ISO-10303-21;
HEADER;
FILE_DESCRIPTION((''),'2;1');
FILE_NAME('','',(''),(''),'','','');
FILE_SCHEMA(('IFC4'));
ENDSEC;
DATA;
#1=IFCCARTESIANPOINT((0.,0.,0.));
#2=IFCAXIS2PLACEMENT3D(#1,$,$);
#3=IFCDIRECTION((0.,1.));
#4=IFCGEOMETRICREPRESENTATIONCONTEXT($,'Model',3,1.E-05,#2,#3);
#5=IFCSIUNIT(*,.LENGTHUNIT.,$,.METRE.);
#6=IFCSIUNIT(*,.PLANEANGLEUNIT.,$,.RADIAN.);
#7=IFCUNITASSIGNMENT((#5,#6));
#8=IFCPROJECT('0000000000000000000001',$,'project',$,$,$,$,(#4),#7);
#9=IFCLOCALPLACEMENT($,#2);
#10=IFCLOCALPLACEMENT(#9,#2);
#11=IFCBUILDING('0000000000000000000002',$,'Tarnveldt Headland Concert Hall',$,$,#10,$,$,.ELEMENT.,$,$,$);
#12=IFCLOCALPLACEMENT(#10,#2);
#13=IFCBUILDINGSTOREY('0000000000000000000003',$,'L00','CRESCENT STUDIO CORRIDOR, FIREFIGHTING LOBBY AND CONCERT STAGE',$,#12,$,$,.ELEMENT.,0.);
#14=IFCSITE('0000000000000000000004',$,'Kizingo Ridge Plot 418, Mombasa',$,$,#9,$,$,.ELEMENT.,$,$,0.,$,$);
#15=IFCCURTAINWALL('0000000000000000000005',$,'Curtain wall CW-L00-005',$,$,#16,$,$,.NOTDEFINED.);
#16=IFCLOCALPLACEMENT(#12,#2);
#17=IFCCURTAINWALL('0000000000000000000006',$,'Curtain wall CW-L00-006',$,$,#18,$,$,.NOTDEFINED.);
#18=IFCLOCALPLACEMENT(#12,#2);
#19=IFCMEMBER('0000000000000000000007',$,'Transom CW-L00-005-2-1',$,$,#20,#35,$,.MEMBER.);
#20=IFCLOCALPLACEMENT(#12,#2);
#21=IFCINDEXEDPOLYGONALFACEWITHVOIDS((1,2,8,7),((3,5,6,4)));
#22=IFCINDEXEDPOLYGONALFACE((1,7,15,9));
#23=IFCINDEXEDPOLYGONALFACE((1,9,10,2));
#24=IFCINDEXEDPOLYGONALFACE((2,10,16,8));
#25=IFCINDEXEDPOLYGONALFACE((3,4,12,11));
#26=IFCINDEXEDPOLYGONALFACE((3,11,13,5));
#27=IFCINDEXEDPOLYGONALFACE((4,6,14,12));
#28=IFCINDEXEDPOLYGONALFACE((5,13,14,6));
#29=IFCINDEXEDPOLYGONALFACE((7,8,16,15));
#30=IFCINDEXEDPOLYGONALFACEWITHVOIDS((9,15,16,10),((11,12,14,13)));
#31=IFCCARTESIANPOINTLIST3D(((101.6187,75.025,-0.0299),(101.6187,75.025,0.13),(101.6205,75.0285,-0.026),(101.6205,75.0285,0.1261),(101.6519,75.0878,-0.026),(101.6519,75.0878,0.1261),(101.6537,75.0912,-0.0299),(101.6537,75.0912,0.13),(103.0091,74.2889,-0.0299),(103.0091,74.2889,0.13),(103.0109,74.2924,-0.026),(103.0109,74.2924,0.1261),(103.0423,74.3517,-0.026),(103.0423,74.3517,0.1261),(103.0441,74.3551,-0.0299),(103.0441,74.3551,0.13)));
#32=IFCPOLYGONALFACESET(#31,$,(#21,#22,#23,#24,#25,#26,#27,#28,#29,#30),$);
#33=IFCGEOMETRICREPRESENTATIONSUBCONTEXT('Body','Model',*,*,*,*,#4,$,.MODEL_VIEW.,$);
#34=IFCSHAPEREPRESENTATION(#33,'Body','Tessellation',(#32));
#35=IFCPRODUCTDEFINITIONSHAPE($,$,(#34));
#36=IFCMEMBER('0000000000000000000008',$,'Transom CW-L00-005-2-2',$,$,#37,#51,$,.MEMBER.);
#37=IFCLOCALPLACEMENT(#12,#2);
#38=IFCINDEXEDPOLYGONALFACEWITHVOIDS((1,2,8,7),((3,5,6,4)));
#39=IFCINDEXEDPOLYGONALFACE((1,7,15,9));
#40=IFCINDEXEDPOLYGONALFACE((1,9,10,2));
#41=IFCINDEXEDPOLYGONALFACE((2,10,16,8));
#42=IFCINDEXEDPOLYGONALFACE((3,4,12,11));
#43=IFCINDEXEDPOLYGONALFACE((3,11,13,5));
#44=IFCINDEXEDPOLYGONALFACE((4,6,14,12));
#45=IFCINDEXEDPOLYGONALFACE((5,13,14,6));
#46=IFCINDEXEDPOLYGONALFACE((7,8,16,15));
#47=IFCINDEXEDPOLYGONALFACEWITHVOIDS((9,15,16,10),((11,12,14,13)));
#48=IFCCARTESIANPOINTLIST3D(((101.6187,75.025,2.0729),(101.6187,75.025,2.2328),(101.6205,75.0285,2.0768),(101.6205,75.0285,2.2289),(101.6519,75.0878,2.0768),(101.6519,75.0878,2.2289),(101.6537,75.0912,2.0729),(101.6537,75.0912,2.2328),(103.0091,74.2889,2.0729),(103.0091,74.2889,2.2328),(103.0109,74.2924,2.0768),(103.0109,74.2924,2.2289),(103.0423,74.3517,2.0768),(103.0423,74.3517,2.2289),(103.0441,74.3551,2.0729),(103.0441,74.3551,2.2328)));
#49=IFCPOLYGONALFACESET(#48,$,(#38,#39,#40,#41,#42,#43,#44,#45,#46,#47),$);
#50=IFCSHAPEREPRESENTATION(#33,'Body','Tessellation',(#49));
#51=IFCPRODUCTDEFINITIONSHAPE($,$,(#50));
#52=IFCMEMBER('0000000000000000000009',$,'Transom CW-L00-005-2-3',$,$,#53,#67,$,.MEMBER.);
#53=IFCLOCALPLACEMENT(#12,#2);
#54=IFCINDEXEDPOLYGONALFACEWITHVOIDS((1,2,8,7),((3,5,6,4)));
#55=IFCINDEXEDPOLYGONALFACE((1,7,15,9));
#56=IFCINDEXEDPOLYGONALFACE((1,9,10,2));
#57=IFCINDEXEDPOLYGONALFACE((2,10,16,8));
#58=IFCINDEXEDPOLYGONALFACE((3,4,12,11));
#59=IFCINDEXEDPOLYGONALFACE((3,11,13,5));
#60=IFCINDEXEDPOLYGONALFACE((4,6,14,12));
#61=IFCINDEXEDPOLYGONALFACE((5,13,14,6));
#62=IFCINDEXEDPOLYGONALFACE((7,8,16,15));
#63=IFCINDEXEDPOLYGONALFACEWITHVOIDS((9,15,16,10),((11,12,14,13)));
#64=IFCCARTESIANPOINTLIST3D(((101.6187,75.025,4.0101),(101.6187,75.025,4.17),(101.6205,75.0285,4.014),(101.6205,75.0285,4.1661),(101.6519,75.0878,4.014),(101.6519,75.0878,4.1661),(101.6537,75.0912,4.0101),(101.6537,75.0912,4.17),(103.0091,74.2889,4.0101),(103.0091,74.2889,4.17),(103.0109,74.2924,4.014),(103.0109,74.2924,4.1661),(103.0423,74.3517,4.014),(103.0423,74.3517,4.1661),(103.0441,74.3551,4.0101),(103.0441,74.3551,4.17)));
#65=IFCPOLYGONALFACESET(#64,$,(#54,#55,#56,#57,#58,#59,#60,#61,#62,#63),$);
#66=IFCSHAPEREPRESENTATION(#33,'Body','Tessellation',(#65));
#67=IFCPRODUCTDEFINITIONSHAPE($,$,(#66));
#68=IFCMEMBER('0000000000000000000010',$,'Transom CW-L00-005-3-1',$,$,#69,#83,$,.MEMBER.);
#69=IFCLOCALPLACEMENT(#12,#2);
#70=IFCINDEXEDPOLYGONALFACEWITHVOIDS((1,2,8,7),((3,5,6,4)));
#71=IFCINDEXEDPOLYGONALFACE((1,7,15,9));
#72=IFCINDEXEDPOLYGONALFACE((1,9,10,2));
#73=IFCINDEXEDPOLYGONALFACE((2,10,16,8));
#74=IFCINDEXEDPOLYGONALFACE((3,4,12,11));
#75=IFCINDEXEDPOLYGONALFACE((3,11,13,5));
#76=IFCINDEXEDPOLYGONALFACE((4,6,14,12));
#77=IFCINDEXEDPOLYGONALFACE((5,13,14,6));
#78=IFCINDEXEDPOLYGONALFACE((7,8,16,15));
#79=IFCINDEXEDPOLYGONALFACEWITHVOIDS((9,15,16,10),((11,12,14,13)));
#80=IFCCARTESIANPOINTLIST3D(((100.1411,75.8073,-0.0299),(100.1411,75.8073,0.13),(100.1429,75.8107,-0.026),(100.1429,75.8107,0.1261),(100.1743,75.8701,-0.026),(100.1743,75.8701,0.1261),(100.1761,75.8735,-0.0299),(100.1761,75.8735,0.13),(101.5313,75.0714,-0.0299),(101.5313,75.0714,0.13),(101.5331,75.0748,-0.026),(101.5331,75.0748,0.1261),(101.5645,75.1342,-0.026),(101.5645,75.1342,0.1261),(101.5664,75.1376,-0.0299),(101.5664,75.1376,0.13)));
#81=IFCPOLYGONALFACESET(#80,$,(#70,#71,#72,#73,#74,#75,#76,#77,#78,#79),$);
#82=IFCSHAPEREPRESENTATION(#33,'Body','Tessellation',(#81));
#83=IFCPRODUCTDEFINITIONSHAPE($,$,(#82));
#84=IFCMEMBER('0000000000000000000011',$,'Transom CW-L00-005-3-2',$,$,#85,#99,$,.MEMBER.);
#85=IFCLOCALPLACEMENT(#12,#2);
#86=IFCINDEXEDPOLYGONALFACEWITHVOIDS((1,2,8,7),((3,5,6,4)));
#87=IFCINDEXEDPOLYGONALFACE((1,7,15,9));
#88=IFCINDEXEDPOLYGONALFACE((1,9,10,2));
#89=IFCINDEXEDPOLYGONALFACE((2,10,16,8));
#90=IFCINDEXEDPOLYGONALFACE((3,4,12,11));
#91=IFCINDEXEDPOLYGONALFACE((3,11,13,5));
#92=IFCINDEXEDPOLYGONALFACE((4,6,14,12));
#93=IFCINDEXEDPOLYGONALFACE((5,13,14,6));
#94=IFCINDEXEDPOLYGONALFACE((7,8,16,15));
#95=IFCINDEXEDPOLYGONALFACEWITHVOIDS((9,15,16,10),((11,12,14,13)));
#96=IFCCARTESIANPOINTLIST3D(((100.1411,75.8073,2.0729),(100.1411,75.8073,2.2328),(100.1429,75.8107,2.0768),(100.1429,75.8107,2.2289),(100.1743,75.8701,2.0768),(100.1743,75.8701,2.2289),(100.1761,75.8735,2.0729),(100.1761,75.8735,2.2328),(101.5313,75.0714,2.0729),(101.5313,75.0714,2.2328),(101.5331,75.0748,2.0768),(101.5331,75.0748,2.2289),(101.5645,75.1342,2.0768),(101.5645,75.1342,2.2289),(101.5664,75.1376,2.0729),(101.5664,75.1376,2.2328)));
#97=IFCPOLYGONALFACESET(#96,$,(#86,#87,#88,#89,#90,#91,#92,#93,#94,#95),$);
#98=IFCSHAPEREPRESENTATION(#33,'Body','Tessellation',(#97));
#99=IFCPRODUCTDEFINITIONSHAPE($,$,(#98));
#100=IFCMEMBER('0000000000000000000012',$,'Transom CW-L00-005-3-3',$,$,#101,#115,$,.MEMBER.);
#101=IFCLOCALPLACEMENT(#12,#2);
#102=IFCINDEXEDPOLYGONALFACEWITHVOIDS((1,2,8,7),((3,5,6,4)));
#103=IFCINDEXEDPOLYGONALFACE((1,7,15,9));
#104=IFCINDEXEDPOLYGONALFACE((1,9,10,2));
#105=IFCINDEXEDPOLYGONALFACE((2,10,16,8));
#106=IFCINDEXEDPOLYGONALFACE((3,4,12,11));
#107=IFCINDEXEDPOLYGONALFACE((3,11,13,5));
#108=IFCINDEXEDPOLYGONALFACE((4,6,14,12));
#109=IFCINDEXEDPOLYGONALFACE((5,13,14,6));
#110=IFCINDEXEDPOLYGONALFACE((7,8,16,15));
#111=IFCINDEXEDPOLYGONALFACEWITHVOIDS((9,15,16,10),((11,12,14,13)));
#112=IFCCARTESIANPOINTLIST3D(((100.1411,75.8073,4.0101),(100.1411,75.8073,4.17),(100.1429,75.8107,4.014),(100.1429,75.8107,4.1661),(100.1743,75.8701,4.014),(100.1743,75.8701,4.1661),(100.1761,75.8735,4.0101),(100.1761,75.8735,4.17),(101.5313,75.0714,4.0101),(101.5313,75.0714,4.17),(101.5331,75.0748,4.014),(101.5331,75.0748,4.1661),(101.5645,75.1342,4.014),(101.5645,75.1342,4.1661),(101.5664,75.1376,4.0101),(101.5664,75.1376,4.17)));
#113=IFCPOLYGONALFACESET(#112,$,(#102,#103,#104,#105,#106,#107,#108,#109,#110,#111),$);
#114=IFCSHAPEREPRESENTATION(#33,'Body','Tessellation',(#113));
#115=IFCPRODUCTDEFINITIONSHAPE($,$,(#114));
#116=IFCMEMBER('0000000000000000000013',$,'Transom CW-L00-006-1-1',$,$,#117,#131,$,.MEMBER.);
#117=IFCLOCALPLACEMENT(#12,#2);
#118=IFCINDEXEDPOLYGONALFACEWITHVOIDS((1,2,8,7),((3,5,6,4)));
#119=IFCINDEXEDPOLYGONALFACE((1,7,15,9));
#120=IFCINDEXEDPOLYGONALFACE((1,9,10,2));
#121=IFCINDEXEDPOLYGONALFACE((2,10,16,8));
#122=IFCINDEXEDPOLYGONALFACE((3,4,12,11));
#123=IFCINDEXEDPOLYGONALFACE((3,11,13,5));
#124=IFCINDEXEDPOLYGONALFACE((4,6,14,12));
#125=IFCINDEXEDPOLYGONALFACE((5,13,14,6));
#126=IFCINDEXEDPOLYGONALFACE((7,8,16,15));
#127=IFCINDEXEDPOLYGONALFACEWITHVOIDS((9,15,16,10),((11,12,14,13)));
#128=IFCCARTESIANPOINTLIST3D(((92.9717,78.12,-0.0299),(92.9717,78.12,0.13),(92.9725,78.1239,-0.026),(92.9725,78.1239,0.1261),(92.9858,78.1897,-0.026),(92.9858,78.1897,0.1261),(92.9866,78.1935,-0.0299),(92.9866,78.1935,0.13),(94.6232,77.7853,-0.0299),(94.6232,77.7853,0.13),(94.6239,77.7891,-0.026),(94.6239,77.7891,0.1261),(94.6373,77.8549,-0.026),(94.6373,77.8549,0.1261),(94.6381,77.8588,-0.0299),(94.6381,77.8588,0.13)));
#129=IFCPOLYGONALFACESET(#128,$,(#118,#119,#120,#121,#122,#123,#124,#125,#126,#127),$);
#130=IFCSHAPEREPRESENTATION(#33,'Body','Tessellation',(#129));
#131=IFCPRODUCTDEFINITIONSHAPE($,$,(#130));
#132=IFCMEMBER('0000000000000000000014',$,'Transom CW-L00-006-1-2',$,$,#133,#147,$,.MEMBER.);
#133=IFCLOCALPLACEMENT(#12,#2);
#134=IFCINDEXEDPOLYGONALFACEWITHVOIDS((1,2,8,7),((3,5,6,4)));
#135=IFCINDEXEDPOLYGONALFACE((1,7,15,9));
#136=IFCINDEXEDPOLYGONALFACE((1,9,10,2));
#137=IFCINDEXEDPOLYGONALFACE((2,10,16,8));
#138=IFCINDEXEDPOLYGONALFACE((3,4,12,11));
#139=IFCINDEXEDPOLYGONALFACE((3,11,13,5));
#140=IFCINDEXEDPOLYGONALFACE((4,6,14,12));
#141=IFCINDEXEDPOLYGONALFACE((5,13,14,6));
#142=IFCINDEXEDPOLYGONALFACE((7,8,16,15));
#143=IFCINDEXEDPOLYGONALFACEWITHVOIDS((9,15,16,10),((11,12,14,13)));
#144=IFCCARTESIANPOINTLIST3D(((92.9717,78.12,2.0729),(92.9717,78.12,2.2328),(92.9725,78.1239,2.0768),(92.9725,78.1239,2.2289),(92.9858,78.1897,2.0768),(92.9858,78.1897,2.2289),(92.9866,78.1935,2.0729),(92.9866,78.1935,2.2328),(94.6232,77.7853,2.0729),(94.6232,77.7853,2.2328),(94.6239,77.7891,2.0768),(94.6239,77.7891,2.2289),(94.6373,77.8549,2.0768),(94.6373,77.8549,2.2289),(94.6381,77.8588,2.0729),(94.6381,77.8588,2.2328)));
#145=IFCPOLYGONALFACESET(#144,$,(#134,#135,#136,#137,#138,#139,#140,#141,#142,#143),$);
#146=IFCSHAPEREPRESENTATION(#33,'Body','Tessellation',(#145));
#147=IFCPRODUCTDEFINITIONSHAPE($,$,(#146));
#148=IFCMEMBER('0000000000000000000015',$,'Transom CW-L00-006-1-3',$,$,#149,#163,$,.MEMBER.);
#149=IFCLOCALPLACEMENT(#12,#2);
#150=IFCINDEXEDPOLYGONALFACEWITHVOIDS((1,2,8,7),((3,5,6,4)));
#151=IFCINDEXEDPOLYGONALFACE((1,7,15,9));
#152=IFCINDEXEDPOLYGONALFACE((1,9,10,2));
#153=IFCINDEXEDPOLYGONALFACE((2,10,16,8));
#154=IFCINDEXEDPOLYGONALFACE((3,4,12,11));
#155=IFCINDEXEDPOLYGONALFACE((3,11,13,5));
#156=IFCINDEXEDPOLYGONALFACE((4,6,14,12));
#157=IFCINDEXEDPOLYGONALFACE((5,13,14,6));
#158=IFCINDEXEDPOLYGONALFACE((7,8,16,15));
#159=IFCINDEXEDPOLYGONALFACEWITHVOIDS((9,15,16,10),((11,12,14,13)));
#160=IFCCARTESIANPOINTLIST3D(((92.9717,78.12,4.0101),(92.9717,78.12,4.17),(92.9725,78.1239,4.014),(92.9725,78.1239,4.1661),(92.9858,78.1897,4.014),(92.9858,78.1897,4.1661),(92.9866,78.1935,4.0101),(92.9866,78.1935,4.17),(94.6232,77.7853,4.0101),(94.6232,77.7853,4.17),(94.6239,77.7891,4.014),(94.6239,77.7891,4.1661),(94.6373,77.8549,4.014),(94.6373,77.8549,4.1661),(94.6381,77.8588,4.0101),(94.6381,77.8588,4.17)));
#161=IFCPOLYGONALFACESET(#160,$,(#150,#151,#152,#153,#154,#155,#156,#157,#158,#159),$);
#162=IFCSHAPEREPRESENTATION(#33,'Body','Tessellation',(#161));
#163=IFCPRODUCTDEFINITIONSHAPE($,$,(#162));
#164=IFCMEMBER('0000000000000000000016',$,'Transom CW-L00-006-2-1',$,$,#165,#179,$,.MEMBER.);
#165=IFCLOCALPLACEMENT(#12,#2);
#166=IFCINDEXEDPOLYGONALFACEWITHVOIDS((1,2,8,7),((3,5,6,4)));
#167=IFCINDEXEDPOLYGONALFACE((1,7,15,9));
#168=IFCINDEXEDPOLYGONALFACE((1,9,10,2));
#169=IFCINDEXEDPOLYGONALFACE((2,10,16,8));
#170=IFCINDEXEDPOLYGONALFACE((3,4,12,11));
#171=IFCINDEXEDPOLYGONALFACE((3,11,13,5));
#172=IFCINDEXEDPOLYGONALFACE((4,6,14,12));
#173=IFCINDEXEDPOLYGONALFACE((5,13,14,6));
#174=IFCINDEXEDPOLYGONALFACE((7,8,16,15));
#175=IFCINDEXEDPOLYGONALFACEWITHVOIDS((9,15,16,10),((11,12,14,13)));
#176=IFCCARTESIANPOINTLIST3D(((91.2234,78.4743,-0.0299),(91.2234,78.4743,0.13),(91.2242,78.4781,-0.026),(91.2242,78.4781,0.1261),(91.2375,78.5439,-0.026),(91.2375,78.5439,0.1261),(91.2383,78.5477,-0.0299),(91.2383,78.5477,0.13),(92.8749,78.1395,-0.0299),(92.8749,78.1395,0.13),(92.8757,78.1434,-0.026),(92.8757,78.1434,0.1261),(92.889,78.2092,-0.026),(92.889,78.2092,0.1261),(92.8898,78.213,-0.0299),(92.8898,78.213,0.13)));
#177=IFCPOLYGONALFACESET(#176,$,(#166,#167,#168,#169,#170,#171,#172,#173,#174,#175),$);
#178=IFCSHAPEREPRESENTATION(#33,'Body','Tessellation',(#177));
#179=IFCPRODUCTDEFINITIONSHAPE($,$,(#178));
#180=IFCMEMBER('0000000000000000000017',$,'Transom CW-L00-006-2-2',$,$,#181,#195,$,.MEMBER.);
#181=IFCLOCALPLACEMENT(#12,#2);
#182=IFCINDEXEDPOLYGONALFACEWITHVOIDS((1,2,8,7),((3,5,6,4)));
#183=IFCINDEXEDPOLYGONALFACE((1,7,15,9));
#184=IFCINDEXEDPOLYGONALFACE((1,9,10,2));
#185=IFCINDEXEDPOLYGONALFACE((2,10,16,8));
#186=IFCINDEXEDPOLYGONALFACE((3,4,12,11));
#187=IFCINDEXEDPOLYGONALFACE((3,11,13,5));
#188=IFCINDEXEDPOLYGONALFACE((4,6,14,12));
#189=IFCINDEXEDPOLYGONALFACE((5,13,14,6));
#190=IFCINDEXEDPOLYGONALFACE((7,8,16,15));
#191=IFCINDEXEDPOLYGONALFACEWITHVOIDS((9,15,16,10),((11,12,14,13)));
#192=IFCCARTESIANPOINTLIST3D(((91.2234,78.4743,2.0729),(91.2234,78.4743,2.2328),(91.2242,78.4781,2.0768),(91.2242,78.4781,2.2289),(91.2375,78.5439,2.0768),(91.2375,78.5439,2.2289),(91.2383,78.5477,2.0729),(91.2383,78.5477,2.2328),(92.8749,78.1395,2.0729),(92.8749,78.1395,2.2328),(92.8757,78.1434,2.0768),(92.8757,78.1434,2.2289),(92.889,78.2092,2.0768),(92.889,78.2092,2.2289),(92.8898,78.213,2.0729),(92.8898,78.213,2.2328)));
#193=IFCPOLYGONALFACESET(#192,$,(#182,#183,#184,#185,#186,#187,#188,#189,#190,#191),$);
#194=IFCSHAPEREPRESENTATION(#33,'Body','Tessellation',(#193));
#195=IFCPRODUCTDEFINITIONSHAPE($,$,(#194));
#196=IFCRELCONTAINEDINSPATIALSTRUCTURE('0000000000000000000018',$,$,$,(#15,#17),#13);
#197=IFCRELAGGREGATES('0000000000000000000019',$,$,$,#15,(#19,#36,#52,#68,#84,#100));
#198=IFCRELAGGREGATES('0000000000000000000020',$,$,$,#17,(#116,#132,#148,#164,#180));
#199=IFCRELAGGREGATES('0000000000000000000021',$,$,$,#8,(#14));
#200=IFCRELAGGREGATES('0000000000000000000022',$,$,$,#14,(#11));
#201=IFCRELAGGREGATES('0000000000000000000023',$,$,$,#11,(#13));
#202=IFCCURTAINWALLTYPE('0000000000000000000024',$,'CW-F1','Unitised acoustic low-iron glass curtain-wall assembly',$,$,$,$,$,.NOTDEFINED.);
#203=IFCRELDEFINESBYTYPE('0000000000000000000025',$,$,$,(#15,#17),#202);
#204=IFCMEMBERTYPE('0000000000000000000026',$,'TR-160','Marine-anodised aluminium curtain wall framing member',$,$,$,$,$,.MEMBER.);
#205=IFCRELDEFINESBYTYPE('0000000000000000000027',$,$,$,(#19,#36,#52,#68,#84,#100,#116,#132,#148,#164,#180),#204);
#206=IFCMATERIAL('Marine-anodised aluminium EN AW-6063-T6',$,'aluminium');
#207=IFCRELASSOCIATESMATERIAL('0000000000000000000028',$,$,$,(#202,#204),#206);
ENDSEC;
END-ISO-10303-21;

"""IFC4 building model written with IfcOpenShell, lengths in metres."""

from ifc_helpers import new_model, si_unit, direction, frame, origin, origin_2d, place, context, subcontext, project, spatial, hollow_rectangle, extrude, material, material_profile, profile_set, type_object, element, aggregate, save


model = new_model("IFC4")

# Units and contexts
model_context = context("Model", 3, precision=1e-05, world=origin(), true_north=direction((0.0, 1.0)))
body_context = subcontext(model_context, "Body", "Model", "MODEL_VIEW")
ifc_project = project(units=[si_unit("LENGTHUNIT", "METRE"), si_unit("PLANEANGLEUNIT", "RADIAN")], contexts=[model_context])

# Site, building, storey
site_placement = place(None, origin())
site = spatial("IfcSite", under=ifc_project, at=site_placement, Name="Kizingo Ridge Plot 418, Mombasa", CompositionType="ELEMENT", RefElevation=0.0)
building_placement = place(site_placement, origin())
building = spatial("IfcBuilding", under=site, at=building_placement, Name="Tarnveldt Headland Concert Hall", CompositionType="ELEMENT")
storey_placement = place(building_placement, origin())
storey = spatial("IfcBuildingStorey", under=building, at=storey_placement, Name="L00", Description="CRESCENT STUDIO CORRIDOR, FIREFIGHTING LOBBY AND CONCERT STAGE", CompositionType="ELEMENT", Elevation=0.0)

# Curtain walls
ifc_material_1 = material(Name="Marine-anodised aluminium EN AW-6063-T6", Category="aluminium")
curtain_wall_type = type_object("IfcCurtainWallType", Name="CW-F1", Description="Unitised acoustic low-iron glass curtain-wall assembly", PredefinedType="NOTDEFINED", material=ifc_material_1)
curtain_wall_1_placement = place(storey_placement, origin())
curtain_wall_1 = element("IfcCurtainWall", 1, at=curtain_wall_1_placement, inside=storey, type_object=curtain_wall_type, Name="Curtain wall CW-L00-005", PredefinedType="NOTDEFINED")
curtain_wall_2_placement = place(storey_placement, origin())
curtain_wall_2 = element("IfcCurtainWall", 2, at=curtain_wall_2_placement, inside=storey, type_object=curtain_wall_type, Name="Curtain wall CW-L00-006", PredefinedType="NOTDEFINED")

# Members
ifc_material_profile_1 = material_profile(ifc_material_1, hollow_rectangle(XDim=0.075, YDim=0.1599, WallThickness=0.0039, at=origin_2d()), Name="ALU TRANSOM 75x160x4", Category="aluminium")
ifc_profile_set_1 = profile_set([ifc_material_profile_1], Name="Marine-anodised aluminium EN AW-6063-T6")
member_type_1 = type_object("IfcMemberType", Name="TR-160", Description="Marine-anodised aluminium curtain wall framing member", PredefinedType="MEMBER", material=ifc_profile_set_1)
member_1_placement = place(storey_placement, frame((103.0266, 74.322, 0.05), z_axis=(-0.883788, 0.467888, 0.0), x_axis=(-0.467888, -0.883788, 0.0)))
member_1 = element("IfcMember", 3, at=member_1_placement, type_object=member_type_1, Name="Transom CW-L00-005-2-1", PredefinedType="MEMBER", context=body_context, shape_type="SweptSolid", body=[
    extrude(hollow_rectangle(XDim=0.075, YDim=0.1599, WallThickness=0.0039, at=origin_2d()), origin(), (0.0, 0.0, 1.0), 1.5732),
])
member_2_placement = place(storey_placement, frame((103.0266, 74.322, 2.1528), z_axis=(-0.883788, 0.467888, 0.0), x_axis=(-0.467888, -0.883788, 0.0)))
member_2 = element("IfcMember", 4, at=member_2_placement, type_object=member_type_1, Name="Transom CW-L00-005-2-2", PredefinedType="MEMBER", context=body_context, shape_type="SweptSolid", body=[
    extrude(hollow_rectangle(XDim=0.075, YDim=0.1599, WallThickness=0.0039, at=origin_2d()), origin(), (0.0, 0.0, 1.0), 1.5732),
])
member_3_placement = place(storey_placement, frame((103.0266, 74.322, 4.0901), z_axis=(-0.883788, 0.467888, 0.0), x_axis=(-0.467888, -0.883788, 0.0)))
member_3 = element("IfcMember", 5, at=member_3_placement, type_object=member_type_1, Name="Transom CW-L00-005-2-3", PredefinedType="MEMBER", context=body_context, shape_type="SweptSolid", body=[
    extrude(hollow_rectangle(XDim=0.075, YDim=0.1599, WallThickness=0.0039, at=origin_2d()), origin(), (0.0, 0.0, 1.0), 1.5732),
])
member_4_placement = place(storey_placement, frame((101.5488, 75.1045, 0.05), z_axis=(-0.883818, 0.467831, 0.0), x_axis=(-0.467831, -0.883818, 0.0)))
member_4 = element("IfcMember", 6, at=member_4_placement, type_object=member_type_1, Name="Transom CW-L00-005-3-1", PredefinedType="MEMBER", context=body_context, shape_type="SweptSolid", body=[
    extrude(hollow_rectangle(XDim=0.075, YDim=0.1599, WallThickness=0.0039, at=origin_2d()), origin(), (0.0, 0.0, 1.0), 1.573),
])
member_5_placement = place(storey_placement, frame((101.5488, 75.1045, 2.1528), z_axis=(-0.883818, 0.467831, 0.0), x_axis=(-0.467831, -0.883818, 0.0)))
member_5 = element("IfcMember", 7, at=member_5_placement, type_object=member_type_1, Name="Transom CW-L00-005-3-2", PredefinedType="MEMBER", context=body_context, shape_type="SweptSolid", body=[
    extrude(hollow_rectangle(XDim=0.075, YDim=0.1599, WallThickness=0.0039, at=origin_2d()), origin(), (0.0, 0.0, 1.0), 1.573),
])
member_6_placement = place(storey_placement, frame((101.5488, 75.1045, 4.0901), z_axis=(-0.883818, 0.467831, 0.0), x_axis=(-0.467831, -0.883818, 0.0)))
member_6 = element("IfcMember", 8, at=member_6_placement, type_object=member_type_1, Name="Transom CW-L00-005-3-3", PredefinedType="MEMBER", context=body_context, shape_type="SweptSolid", body=[
    extrude(hollow_rectangle(XDim=0.075, YDim=0.1599, WallThickness=0.0039, at=origin_2d()), origin(), (0.0, 0.0, 1.0), 1.573),
])
member_7_placement = place(storey_placement, frame((94.6306, 77.822, 0.05), z_axis=(-0.98007, 0.198651, 0.0), x_axis=(-0.198651, -0.98007, 0.0)))
member_7 = element("IfcMember", 9, at=member_7_placement, type_object=member_type_1, Name="Transom CW-L00-006-1-1", PredefinedType="MEMBER", context=body_context, shape_type="SweptSolid", body=[
    extrude(hollow_rectangle(XDim=0.075, YDim=0.1599, WallThickness=0.0039, at=origin_2d()), origin(), (0.0, 0.0, 1.0), 1.6851),
])
member_8_placement = place(storey_placement, frame((94.6306, 77.822, 2.1528), z_axis=(-0.98007, 0.198651, 0.0), x_axis=(-0.198651, -0.98007, 0.0)))
member_8 = element("IfcMember", 10, at=member_8_placement, type_object=member_type_1, Name="Transom CW-L00-006-1-2", PredefinedType="MEMBER", context=body_context, shape_type="SweptSolid", body=[
    extrude(hollow_rectangle(XDim=0.075, YDim=0.1599, WallThickness=0.0039, at=origin_2d()), origin(), (0.0, 0.0, 1.0), 1.6851),
])
member_9_placement = place(storey_placement, frame((94.6306, 77.822, 4.0901), z_axis=(-0.98007, 0.198651, 0.0), x_axis=(-0.198651, -0.98007, 0.0)))
member_9 = element("IfcMember", 11, at=member_9_placement, type_object=member_type_1, Name="Transom CW-L00-006-1-3", PredefinedType="MEMBER", context=body_context, shape_type="SweptSolid", body=[
    extrude(hollow_rectangle(XDim=0.075, YDim=0.1599, WallThickness=0.0039, at=origin_2d()), origin(), (0.0, 0.0, 1.0), 1.6851),
])
member_10_placement = place(storey_placement, frame((92.8823, 78.1763, 0.05), z_axis=(-0.98007, 0.198651, 0.0), x_axis=(-0.198651, -0.98007, 0.0)))
member_10 = element("IfcMember", 12, at=member_10_placement, type_object=member_type_1, Name="Transom CW-L00-006-2-1", PredefinedType="MEMBER", context=body_context, shape_type="SweptSolid", body=[
    extrude(hollow_rectangle(XDim=0.075, YDim=0.1599, WallThickness=0.0039, at=origin_2d()), origin(), (0.0, 0.0, 1.0), 1.6851),
])
member_11_placement = place(storey_placement, frame((92.8823, 78.1763, 2.1528), z_axis=(-0.98007, 0.198651, 0.0), x_axis=(-0.198651, -0.98007, 0.0)))
member_11 = element("IfcMember", 13, at=member_11_placement, type_object=member_type_1, Name="Transom CW-L00-006-2-2", PredefinedType="MEMBER", context=body_context, shape_type="SweptSolid", body=[
    extrude(hollow_rectangle(XDim=0.075, YDim=0.1599, WallThickness=0.0039, at=origin_2d()), origin(), (0.0, 0.0, 1.0), 1.6851),
])

aggregate(curtain_wall_1, [member_1, member_2, member_3, member_4, member_5, member_6])
aggregate(curtain_wall_2, [member_7, member_8, member_9, member_10, member_11])

save(model, "model.ifc")
